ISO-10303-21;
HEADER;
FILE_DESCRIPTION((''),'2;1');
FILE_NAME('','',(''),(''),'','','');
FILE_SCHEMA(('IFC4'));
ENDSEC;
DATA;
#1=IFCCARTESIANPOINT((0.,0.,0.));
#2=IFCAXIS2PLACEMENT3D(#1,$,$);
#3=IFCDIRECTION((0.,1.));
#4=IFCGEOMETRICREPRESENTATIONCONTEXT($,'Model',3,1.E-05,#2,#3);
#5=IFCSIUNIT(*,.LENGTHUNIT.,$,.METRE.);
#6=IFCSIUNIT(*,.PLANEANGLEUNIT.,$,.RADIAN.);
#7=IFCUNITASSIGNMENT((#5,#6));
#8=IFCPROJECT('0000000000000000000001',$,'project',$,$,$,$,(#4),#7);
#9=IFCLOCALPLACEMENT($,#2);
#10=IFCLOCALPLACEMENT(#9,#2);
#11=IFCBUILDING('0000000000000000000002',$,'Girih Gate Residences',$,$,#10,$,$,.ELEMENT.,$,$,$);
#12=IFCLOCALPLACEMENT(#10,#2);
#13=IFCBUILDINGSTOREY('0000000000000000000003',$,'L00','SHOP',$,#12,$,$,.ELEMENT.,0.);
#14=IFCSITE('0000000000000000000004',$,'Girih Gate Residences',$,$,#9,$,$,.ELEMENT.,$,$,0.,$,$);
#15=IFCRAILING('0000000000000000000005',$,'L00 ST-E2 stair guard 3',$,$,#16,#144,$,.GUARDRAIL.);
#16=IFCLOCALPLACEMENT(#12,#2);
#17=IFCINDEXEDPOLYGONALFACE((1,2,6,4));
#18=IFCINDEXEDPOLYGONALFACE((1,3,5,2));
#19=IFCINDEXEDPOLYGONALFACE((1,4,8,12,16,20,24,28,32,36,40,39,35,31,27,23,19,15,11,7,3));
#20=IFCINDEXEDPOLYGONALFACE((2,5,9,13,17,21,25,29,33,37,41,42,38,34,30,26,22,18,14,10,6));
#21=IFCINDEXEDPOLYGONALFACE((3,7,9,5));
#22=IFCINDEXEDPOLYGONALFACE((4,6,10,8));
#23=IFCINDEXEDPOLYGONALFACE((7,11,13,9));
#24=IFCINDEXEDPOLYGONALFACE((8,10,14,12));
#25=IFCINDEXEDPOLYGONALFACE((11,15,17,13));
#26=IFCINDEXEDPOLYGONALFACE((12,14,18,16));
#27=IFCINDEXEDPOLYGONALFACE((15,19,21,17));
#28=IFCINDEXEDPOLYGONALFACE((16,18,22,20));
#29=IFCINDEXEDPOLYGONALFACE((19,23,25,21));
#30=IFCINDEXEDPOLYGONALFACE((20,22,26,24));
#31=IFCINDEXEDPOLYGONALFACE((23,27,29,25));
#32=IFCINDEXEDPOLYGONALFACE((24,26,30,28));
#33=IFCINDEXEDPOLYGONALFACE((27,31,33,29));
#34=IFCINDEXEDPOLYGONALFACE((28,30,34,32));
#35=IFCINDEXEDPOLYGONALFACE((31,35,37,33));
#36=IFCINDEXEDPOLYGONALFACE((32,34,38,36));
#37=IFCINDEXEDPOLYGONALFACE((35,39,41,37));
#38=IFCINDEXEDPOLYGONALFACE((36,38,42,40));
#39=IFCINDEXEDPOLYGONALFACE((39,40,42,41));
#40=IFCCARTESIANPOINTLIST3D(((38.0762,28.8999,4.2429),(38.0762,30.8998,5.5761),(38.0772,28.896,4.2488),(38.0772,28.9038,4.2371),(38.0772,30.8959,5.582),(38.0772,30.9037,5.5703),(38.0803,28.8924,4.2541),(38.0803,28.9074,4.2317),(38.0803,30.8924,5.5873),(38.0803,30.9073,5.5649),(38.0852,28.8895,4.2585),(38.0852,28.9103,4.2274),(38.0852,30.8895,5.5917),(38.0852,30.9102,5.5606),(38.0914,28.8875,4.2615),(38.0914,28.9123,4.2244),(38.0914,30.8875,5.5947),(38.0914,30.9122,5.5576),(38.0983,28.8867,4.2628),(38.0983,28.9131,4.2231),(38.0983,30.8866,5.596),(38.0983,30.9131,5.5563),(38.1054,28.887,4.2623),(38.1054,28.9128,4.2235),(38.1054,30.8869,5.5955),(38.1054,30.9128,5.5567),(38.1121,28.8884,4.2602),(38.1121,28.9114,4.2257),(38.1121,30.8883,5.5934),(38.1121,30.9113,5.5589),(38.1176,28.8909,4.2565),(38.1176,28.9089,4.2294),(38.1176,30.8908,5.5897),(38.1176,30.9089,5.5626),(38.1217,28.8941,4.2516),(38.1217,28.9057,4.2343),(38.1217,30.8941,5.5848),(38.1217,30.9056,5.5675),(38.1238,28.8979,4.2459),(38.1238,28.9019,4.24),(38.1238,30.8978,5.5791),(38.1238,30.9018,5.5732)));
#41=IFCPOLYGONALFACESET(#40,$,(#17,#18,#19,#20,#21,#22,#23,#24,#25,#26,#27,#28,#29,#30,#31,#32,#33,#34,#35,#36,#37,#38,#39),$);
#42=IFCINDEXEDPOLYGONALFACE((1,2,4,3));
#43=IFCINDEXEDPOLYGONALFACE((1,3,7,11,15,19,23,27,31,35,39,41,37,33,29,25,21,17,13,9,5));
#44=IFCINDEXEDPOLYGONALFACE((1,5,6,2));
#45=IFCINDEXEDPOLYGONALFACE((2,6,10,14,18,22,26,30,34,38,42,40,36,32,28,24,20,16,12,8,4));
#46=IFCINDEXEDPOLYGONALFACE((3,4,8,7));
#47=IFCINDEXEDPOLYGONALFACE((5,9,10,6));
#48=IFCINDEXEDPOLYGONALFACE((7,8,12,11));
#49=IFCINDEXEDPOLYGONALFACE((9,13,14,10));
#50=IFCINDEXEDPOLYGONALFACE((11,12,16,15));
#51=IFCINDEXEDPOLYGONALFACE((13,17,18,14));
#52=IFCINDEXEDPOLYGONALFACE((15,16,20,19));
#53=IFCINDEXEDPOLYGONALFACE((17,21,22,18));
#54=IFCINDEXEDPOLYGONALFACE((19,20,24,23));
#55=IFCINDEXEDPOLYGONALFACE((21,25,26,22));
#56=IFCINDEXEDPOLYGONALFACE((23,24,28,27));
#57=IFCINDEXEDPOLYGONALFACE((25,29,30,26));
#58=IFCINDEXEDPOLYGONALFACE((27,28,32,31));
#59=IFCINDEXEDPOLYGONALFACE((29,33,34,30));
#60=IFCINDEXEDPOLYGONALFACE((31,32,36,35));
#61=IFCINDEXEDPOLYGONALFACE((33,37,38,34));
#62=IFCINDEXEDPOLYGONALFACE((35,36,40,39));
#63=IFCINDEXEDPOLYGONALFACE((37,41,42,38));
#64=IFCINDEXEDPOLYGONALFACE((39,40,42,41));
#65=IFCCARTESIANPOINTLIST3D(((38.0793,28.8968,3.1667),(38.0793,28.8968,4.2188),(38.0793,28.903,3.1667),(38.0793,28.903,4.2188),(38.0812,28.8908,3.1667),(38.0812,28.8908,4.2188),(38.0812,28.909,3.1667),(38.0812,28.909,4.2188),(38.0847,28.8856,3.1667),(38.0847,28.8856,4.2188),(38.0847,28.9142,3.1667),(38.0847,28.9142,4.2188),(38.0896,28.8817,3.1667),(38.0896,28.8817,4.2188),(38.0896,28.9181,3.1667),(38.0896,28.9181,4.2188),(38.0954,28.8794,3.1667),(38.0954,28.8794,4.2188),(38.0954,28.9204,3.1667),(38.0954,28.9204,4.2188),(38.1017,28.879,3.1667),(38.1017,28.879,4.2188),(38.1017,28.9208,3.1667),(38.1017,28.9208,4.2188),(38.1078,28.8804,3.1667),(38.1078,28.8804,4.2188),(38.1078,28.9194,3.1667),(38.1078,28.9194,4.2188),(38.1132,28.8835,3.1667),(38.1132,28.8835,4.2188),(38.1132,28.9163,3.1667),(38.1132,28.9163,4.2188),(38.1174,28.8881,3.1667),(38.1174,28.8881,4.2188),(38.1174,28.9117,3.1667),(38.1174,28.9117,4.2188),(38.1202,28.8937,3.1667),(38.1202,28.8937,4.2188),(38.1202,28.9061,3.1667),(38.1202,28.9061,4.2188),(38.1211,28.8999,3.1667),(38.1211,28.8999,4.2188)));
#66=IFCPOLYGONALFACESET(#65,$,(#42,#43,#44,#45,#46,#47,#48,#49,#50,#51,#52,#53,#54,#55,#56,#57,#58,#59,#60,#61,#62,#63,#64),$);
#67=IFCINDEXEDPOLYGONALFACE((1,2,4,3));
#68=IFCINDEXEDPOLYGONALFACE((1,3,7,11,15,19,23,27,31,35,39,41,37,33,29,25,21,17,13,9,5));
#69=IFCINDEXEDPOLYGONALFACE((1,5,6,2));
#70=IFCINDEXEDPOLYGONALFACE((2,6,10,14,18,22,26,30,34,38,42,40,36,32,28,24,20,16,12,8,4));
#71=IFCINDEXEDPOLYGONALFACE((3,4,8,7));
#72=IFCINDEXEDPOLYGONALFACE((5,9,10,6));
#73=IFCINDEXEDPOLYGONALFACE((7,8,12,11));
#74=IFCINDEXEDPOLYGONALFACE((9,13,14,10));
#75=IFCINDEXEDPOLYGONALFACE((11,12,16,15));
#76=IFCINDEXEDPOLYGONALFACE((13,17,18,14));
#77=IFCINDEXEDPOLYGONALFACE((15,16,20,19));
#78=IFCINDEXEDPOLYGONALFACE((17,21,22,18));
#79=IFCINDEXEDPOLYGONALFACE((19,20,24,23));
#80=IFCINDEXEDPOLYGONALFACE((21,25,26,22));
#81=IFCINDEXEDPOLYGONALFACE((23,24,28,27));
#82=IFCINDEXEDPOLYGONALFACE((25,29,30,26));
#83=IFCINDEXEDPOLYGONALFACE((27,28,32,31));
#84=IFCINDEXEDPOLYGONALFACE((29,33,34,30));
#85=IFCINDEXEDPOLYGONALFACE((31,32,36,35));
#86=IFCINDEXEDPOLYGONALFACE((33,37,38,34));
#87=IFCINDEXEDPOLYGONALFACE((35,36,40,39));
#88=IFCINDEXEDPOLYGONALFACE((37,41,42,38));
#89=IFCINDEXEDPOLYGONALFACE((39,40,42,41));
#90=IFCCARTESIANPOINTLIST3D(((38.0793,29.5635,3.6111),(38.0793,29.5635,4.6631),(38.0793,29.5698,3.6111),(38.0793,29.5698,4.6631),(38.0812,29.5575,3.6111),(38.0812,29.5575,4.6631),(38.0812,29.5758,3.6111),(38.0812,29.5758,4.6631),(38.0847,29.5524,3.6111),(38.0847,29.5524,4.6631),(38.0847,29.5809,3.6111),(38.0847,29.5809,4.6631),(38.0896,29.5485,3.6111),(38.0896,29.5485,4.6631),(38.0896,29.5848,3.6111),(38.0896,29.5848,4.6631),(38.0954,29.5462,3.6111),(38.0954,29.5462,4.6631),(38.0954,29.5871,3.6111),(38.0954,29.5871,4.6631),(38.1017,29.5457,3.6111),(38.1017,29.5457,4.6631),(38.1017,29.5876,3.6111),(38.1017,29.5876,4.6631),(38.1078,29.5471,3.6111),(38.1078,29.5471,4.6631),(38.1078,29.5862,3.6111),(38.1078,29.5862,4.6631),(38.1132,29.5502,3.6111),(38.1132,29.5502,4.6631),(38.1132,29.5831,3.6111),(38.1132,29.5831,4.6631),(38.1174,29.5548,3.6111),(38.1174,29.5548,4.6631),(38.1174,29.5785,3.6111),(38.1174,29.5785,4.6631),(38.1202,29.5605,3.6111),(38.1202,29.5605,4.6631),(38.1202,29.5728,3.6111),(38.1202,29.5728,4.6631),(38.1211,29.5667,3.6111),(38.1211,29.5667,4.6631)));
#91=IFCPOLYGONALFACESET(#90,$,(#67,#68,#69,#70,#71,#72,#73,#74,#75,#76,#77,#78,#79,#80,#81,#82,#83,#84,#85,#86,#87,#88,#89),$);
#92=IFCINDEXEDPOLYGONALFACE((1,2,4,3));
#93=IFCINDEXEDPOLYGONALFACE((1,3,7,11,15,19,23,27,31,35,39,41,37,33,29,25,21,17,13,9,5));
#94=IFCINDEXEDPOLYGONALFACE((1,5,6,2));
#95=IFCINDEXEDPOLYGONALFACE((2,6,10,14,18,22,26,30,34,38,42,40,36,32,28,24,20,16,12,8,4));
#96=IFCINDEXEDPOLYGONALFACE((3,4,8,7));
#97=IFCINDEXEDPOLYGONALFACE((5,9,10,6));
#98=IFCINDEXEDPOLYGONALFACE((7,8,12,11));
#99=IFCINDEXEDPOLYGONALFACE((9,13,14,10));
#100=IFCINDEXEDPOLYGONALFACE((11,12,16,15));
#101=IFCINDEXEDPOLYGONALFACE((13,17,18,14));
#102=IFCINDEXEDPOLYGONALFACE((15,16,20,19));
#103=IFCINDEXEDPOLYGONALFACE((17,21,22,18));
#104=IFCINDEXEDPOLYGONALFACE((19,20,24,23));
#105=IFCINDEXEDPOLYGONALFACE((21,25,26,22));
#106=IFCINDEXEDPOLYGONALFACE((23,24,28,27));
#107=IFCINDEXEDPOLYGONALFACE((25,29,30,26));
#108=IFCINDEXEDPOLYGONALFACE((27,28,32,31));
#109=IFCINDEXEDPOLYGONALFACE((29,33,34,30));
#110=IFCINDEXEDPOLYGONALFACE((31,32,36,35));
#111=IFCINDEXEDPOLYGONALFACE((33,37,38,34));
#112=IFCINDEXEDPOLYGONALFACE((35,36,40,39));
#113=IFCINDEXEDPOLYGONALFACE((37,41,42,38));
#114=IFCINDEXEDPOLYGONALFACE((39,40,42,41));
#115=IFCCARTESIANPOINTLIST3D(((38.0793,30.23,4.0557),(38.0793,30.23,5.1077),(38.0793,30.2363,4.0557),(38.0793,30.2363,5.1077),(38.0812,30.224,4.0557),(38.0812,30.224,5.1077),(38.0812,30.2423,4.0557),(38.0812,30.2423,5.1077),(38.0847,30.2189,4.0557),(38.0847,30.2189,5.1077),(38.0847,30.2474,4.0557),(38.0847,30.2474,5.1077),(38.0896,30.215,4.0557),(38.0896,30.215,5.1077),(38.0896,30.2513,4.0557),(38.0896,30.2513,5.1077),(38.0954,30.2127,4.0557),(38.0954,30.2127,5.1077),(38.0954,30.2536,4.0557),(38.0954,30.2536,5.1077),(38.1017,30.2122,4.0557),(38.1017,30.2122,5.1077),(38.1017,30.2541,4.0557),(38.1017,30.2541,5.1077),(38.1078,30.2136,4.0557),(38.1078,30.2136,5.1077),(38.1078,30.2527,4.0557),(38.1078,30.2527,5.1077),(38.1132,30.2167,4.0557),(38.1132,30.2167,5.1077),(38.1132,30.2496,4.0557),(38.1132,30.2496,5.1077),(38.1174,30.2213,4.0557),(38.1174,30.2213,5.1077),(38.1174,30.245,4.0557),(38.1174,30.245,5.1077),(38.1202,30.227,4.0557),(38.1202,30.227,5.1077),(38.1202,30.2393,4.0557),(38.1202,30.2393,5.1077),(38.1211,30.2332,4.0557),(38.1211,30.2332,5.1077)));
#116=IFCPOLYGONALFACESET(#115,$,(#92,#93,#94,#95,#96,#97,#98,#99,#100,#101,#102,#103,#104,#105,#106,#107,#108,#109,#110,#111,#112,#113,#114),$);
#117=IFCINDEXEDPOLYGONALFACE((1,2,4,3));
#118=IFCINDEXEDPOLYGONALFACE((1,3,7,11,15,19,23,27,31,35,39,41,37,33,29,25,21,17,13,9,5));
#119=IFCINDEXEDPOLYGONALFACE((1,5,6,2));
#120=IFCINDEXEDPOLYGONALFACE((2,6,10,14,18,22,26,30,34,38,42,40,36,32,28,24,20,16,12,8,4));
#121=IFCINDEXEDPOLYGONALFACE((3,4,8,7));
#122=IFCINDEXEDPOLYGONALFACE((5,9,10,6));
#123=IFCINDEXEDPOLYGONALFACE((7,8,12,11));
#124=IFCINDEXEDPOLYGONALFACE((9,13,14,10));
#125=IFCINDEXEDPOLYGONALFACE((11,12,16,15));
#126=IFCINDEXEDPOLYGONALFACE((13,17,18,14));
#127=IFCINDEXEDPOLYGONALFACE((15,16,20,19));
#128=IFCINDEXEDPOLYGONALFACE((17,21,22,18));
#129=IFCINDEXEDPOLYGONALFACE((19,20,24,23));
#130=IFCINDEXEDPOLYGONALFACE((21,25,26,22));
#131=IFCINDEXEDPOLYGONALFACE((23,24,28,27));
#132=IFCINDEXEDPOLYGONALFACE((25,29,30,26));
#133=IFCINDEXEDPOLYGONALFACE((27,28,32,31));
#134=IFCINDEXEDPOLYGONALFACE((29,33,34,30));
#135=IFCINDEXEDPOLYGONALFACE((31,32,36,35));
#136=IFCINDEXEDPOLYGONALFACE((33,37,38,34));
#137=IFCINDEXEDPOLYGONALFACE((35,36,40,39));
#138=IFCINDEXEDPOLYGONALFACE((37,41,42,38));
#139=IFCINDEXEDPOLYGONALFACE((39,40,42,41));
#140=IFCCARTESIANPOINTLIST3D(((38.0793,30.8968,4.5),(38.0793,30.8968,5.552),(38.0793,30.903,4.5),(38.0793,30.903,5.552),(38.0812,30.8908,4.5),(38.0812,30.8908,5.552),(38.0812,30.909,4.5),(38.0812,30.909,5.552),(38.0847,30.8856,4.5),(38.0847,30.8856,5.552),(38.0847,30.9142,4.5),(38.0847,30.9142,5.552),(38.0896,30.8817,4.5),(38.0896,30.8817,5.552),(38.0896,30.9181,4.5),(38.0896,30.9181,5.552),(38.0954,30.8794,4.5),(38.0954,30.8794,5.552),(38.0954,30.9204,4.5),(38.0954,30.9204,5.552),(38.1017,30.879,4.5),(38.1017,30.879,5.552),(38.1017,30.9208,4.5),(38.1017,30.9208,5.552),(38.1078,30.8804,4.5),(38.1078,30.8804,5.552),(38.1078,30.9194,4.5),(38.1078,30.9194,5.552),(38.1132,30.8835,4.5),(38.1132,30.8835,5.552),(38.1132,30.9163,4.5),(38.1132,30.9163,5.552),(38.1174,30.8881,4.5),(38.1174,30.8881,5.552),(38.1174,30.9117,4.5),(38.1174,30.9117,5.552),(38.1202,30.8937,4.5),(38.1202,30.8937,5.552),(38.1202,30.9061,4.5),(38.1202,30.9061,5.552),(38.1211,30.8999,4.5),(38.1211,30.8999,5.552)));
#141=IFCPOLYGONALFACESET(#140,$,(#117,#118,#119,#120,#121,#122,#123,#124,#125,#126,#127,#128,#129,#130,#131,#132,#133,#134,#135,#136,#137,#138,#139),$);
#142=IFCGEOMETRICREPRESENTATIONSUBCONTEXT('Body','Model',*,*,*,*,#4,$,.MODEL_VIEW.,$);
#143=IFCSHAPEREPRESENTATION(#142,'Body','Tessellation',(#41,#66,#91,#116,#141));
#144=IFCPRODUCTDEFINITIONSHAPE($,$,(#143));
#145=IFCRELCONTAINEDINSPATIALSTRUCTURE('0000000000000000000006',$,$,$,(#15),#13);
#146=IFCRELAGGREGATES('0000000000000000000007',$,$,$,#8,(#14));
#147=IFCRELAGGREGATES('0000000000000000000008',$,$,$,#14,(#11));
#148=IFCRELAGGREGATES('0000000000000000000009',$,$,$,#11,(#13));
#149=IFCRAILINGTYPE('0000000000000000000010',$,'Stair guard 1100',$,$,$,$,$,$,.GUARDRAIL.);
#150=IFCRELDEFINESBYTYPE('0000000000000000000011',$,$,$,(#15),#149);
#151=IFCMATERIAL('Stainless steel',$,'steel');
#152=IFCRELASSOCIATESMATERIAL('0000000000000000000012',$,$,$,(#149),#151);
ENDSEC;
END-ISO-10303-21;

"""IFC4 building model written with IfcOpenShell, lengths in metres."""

from ifc_helpers import new_model, si_unit, direction, frame, origin, origin_2d, place, context, subcontext, project, spatial, circle, extrude, material, type_object, element, save


model = new_model("IFC4")

# Units and contexts
model_context = context("Model", 3, precision=1e-05, world=origin(), true_north=direction((0.0, 1.0)))
body_context = subcontext(model_context, "Body", "Model", "MODEL_VIEW")
ifc_project = project(units=[si_unit("LENGTHUNIT", "METRE"), si_unit("PLANEANGLEUNIT", "RADIAN")], contexts=[model_context])

# Site, building, storey
site_placement = place(None, origin())
site = spatial("IfcSite", under=ifc_project, at=site_placement, Name="Girih Gate Residences", CompositionType="ELEMENT", RefElevation=0.0)
building_placement = place(site_placement, origin())
building = spatial("IfcBuilding", under=site, at=building_placement, Name="Girih Gate Residences", CompositionType="ELEMENT")
storey_placement = place(building_placement, origin())
storey = spatial("IfcBuildingStorey", under=building, at=storey_placement, Name="L00", Description="SHOP", CompositionType="ELEMENT", Elevation=0.0)

# Railing
ifc_material_1 = material(Name="Stainless steel", Category="steel")
railing_type_1 = type_object("IfcRailingType", Name="Stair guard 1100", PredefinedType="GUARDRAIL", material=ifc_material_1)
for number, where, name in (
    (1, (38.1001, 28.8999, 3.1667), "L00 ST-E2 stair guard 3"),
):
    element("IfcRailing", number, at=place(storey_placement, frame(where)), inside=storey, type_object=railing_type_1, Name=name, PredefinedType="GUARDRAIL", context=body_context, shape_type="SweptSolid", body=[
        extrude(circle(Radius=0.0239, at=origin_2d()), frame((0.0, 0.0, 1.0762), z_axis=(0.0, 0.832066, 0.554677), x_axis=(-1.0, 0.0, 0.0)), (0.0, 0.0, 1.0), 2.4036),
        extrude(circle(Radius=0.021, at=origin_2d()), origin(), (0.0, 0.0, 1.0), 1.052),
        extrude(circle(Radius=0.021, at=origin_2d()), frame((0.0, 0.6667, 0.4443)), (0.0, 0.0, 1.0), 1.052),
        extrude(circle(Radius=0.021, at=origin_2d()), frame((0.0, 1.3333, 0.8889)), (0.0, 0.0, 1.0), 1.052),
        extrude(circle(Radius=0.021, at=origin_2d()), frame((0.0, 2.0, 1.3333)), (0.0, 0.0, 1.0), 1.052),
    ])

save(model, "model.ifc")
